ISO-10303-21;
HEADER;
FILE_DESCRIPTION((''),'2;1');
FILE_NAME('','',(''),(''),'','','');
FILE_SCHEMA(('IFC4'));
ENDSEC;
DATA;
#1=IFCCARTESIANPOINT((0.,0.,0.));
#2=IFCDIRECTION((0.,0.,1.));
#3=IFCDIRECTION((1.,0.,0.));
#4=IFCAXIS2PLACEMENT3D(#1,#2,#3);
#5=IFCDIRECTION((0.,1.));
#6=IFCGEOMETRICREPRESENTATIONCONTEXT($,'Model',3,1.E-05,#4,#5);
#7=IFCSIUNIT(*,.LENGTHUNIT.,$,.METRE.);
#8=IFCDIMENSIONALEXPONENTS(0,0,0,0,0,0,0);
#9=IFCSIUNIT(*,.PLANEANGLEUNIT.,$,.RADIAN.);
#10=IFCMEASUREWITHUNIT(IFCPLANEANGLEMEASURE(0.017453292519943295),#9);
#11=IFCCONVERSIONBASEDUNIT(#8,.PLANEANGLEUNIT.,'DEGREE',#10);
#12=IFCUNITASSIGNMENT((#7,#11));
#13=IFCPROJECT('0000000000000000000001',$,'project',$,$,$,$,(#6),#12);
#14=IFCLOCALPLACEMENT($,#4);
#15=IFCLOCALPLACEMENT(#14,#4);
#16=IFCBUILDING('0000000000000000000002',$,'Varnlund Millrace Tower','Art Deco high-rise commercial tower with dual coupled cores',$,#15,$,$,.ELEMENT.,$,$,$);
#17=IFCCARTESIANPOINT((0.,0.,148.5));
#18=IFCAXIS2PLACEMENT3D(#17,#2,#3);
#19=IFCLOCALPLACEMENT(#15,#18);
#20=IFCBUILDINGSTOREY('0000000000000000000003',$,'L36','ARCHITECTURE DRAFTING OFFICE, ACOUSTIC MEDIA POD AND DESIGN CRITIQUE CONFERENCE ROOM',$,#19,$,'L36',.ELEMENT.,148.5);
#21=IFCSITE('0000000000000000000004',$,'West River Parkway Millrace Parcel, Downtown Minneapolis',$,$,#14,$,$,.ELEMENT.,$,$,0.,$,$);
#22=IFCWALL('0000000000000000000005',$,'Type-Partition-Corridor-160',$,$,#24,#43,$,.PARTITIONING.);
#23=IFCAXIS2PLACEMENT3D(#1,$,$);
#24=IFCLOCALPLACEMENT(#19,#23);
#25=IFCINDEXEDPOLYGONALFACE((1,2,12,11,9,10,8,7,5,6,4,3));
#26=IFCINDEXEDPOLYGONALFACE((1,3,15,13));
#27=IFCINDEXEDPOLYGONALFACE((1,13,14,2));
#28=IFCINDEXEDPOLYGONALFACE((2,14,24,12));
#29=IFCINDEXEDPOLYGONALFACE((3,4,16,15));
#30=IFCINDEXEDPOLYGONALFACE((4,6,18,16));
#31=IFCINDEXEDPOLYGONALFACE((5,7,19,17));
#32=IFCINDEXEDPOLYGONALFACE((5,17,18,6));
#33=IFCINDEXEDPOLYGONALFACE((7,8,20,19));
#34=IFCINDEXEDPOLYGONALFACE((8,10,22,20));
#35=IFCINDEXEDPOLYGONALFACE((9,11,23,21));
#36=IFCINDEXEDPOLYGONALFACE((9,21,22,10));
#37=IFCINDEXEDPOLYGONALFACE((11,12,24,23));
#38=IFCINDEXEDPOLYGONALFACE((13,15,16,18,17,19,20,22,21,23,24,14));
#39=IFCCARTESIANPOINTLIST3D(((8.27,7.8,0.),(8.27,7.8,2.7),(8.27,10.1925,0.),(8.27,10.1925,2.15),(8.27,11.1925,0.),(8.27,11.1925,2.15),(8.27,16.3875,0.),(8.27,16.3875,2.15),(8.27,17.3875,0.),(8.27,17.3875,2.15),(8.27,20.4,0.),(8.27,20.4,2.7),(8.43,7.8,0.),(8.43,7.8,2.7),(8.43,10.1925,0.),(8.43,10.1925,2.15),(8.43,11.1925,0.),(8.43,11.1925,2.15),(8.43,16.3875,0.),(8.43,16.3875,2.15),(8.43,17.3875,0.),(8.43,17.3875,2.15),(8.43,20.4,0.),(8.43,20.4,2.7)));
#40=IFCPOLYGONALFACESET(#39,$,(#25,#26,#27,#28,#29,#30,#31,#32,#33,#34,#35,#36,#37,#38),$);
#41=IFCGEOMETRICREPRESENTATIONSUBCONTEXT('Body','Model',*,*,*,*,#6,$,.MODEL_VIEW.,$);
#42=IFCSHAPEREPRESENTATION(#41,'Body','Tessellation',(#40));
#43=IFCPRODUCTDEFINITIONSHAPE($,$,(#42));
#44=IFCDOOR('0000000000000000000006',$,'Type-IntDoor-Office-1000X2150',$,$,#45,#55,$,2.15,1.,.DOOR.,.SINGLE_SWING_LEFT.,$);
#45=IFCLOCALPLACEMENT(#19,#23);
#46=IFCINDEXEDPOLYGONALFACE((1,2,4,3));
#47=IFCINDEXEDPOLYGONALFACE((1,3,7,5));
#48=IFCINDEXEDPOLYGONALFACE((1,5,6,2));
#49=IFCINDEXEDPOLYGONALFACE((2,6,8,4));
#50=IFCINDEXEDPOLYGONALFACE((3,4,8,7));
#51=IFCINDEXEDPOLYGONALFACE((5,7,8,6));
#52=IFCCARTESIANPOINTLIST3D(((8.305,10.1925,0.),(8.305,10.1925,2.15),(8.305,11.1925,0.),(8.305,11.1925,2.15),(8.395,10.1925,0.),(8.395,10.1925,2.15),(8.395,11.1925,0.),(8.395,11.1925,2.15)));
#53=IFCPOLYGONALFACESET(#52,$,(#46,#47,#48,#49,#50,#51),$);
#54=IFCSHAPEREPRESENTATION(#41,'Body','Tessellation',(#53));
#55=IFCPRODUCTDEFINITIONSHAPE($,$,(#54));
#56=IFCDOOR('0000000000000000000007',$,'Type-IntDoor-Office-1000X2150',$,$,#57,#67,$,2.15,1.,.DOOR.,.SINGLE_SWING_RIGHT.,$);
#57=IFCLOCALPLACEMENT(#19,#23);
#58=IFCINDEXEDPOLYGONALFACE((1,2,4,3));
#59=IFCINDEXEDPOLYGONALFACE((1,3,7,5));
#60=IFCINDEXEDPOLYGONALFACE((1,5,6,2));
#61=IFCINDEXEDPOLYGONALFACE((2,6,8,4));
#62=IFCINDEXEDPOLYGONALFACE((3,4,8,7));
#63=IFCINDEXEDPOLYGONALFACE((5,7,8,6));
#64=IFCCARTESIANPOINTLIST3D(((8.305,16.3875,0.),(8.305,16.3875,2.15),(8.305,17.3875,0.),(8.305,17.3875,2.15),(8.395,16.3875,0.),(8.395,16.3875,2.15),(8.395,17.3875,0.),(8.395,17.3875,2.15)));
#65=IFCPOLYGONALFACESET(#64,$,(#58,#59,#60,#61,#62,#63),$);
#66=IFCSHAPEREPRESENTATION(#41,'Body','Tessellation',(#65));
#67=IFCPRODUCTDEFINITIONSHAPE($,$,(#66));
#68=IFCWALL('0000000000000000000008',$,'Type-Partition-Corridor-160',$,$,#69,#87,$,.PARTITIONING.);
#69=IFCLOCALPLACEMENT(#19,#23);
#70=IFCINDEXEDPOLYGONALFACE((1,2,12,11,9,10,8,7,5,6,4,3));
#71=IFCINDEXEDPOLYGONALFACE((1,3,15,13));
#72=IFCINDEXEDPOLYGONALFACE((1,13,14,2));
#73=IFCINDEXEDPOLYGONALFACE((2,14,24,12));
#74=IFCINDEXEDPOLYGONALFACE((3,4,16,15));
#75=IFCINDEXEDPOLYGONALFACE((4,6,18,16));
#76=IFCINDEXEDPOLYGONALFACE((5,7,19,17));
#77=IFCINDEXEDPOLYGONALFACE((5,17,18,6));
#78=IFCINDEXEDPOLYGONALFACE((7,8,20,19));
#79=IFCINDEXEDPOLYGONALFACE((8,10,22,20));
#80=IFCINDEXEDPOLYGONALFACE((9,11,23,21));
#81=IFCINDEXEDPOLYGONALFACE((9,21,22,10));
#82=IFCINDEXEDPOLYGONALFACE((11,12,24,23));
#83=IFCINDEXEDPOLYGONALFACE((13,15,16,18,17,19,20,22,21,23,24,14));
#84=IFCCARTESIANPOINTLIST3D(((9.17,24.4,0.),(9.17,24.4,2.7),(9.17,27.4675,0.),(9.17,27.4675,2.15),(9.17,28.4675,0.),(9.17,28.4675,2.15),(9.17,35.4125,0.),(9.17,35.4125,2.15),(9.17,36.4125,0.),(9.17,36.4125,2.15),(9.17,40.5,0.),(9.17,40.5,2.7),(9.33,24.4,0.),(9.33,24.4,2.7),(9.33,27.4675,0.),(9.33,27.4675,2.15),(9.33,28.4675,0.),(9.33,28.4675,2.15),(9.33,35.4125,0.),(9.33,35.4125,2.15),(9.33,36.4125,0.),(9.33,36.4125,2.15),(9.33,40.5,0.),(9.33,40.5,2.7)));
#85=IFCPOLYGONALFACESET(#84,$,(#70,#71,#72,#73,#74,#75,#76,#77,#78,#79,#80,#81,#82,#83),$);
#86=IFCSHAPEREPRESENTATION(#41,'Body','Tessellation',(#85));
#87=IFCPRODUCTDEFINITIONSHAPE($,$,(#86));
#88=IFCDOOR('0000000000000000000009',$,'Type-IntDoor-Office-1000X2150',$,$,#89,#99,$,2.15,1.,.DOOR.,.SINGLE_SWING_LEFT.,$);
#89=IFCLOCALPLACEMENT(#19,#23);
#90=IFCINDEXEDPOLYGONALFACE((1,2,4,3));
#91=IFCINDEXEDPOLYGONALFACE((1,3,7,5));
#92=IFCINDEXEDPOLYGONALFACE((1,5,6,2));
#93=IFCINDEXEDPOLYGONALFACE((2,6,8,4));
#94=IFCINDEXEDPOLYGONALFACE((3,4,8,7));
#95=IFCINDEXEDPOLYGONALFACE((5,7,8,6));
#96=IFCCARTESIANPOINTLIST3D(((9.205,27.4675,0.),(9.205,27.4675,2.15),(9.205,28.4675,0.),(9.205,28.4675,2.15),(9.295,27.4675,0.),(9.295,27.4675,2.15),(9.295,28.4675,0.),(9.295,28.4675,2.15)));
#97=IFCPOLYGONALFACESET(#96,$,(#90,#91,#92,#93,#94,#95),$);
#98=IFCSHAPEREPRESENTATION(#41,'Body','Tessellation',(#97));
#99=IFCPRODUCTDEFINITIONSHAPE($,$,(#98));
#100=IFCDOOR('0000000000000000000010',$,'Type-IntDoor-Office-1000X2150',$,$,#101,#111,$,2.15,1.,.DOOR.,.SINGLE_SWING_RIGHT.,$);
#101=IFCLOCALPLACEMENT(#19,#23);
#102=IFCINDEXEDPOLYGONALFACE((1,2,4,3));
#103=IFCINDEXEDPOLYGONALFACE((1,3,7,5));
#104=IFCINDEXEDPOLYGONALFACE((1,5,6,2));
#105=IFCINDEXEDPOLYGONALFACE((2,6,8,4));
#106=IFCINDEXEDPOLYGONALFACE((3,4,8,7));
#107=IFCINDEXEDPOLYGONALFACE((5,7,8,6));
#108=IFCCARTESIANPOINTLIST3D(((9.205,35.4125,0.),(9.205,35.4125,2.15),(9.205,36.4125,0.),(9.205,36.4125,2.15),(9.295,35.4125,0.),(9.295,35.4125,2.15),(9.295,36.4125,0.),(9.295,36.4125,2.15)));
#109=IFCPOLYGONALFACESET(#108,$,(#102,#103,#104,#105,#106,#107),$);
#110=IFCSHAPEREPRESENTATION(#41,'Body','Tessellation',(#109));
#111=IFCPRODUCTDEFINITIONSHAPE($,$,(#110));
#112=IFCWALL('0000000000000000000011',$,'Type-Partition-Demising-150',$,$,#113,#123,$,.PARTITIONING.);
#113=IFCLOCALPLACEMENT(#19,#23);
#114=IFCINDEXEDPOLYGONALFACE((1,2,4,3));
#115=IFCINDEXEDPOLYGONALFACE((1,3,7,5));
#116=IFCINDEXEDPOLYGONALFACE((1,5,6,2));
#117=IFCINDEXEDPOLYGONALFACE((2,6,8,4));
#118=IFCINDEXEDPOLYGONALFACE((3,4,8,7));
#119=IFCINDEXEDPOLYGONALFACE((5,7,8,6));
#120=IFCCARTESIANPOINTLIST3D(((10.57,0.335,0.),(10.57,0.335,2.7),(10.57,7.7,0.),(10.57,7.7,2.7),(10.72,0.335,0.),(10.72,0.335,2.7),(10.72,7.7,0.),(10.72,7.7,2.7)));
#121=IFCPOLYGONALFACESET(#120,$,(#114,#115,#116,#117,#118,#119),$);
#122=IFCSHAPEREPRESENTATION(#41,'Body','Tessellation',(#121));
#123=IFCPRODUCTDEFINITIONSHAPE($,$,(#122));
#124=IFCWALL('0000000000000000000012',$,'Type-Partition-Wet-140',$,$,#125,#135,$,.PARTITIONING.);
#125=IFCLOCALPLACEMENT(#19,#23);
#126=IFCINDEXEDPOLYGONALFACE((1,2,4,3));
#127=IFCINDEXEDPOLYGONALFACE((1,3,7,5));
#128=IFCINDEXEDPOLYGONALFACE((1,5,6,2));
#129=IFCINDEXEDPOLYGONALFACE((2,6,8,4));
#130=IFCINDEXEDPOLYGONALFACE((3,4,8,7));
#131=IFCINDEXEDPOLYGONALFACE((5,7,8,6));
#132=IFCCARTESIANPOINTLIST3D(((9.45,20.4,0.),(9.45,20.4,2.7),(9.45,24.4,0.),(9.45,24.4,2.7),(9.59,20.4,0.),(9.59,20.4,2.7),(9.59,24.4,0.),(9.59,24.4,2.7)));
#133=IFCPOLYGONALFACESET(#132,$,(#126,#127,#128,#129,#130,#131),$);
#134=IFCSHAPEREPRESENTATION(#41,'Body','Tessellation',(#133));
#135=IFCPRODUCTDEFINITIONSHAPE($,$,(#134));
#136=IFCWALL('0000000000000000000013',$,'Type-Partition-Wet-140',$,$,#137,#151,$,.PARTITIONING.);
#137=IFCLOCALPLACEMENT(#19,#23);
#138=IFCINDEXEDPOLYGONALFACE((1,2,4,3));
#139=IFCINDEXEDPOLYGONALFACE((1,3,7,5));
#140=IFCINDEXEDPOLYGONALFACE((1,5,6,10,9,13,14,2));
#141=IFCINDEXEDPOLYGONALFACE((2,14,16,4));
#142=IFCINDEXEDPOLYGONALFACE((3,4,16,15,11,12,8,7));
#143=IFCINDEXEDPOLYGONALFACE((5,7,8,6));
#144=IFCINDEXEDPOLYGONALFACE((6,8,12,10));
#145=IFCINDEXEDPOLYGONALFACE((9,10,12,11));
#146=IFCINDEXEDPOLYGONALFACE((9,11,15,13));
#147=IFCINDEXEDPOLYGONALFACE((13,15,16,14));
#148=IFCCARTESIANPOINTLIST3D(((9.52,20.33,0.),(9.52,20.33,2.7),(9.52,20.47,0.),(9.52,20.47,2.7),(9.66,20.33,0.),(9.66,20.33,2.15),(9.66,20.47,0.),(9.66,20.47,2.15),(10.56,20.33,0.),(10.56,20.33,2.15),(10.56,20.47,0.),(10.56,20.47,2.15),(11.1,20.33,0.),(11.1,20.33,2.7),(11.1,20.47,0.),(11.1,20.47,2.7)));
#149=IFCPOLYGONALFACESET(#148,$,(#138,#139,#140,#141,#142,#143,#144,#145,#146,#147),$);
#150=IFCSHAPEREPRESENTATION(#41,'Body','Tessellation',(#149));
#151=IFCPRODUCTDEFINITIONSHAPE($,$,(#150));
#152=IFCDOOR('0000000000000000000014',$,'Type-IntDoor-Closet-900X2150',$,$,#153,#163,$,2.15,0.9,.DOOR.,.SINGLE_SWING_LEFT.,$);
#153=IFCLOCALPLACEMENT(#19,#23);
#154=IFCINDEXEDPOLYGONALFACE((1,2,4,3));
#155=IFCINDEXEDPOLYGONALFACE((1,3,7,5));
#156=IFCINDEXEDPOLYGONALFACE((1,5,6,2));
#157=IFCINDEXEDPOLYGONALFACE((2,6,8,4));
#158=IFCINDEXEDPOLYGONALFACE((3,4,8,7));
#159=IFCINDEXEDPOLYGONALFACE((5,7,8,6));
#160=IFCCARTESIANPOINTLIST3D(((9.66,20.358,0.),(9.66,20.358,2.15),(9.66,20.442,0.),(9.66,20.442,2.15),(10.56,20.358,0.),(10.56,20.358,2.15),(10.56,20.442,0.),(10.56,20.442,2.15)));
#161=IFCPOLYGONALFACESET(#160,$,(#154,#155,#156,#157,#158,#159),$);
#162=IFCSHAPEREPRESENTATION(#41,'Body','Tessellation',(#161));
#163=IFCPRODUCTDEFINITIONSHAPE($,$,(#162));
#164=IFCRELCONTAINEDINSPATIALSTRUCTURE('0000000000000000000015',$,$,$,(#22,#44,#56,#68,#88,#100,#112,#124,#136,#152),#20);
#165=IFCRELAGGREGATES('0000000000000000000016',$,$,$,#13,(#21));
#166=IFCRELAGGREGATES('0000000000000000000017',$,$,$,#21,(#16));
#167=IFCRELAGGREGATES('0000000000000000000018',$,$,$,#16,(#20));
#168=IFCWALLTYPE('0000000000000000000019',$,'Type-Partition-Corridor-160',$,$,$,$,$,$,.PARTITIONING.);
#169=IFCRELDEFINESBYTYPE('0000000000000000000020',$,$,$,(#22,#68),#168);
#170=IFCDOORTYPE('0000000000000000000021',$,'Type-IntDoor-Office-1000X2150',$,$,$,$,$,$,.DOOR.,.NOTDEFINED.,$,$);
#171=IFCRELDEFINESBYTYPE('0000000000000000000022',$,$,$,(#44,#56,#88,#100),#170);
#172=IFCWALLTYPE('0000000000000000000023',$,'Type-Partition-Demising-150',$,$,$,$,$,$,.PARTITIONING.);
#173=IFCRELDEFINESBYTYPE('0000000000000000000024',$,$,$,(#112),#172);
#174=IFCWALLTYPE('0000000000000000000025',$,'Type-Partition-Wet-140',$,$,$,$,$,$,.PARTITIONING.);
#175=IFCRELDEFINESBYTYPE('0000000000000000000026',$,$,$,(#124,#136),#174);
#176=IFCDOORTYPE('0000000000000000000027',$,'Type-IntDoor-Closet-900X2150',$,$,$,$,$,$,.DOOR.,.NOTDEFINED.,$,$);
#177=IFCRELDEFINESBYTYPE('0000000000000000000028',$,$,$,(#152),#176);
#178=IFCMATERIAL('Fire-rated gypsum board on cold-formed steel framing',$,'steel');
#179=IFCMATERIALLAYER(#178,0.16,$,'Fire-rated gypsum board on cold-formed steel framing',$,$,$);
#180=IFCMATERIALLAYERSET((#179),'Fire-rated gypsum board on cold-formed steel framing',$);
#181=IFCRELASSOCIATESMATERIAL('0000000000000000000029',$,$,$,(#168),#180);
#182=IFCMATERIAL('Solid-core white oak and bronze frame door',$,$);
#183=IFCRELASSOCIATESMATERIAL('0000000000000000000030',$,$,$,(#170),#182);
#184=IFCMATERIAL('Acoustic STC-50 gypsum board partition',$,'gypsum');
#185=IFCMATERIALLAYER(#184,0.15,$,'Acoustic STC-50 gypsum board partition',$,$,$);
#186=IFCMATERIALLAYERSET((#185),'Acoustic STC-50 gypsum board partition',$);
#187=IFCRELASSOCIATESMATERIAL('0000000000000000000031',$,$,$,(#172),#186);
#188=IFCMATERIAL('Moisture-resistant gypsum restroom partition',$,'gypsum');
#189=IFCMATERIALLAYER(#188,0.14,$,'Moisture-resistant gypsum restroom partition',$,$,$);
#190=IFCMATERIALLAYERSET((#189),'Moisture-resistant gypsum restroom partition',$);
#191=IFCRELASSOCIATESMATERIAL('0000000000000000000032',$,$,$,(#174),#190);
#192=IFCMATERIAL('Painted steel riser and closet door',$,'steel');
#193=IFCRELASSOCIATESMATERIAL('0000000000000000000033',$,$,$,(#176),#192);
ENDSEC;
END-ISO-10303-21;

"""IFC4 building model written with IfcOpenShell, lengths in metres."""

from ifc_helpers import new_model, entity, si_unit, converted_unit, direction, frame, origin_with_axes, origin_2d_with_axis, place, context, subcontext, project, spatial, polyline, rectangle, outline, extrude, material, layer, layer_set, type_object, element, fill, save


model = new_model("IFC4")

# Units and contexts
model_context = context("Model", 3, precision=1e-05, world=origin_with_axes(), true_north=direction((0.0, 1.0)))
body_context = subcontext(model_context, "Body", "Model", "MODEL_VIEW")
ifc_project = project(units=[si_unit("LENGTHUNIT", "METRE"), converted_unit("PLANEANGLEUNIT", "DEGREE", entity("IfcPlaneAngleMeasure", 0.017453292519943295), si_unit("PLANEANGLEUNIT", "RADIAN"), dimensions=[0, 0, 0, 0, 0, 0, 0])], contexts=[model_context])

# Site, building, storey
site_placement = place(None, origin_with_axes())
site = spatial("IfcSite", under=ifc_project, at=site_placement, Name="West River Parkway Millrace Parcel, Downtown Minneapolis", CompositionType="ELEMENT", RefElevation=0.0)
building_placement = place(site_placement, origin_with_axes())
building = spatial("IfcBuilding", under=site, at=building_placement, Name="Varnlund Millrace Tower", Description="Art Deco high-rise commercial tower with dual coupled cores", CompositionType="ELEMENT")
storey_placement = place(building_placement, frame((0.0, 0.0, 148.5), z_axis=(0.0, 0.0, 1.0), x_axis=(1.0, 0.0, 0.0)))
storey = spatial("IfcBuildingStorey", under=building, at=storey_placement, Name="L36", Description="ARCHITECTURE DRAFTING OFFICE, ACOUSTIC MEDIA POD AND DESIGN CRITIQUE CONFERENCE ROOM", LongName="L36", CompositionType="ELEMENT", Elevation=148.5)

# Shared definitions
ifc_material_1 = material(Name="Fire-rated gypsum board on cold-formed steel framing", Category="steel")
ifc_layer_1 = layer(ifc_material_1, 0.16, Name="Fire-rated gypsum board on cold-formed steel framing")
ifc_layer_set_1 = layer_set([ifc_layer_1], Name="Fire-rated gypsum board on cold-formed steel framing")
wall_type_1 = type_object("IfcWallType", Name="Type-Partition-Corridor-160", PredefinedType="PARTITIONING", material=ifc_layer_set_1)

# Walls, openings, doors
ifc_material_2 = material(Name="Solid-core white oak and bronze frame door")
door_type_1 = type_object("IfcDoorType", Name="Type-IntDoor-Office-1000X2150", OperationType="NOTDEFINED", PredefinedType="DOOR", material=ifc_material_2)
wall_1_placement = place(storey_placement, frame((8.35, 7.8, 0.0), z_axis=(0.0, 0.0, 1.0), x_axis=(0.0, 1.0, 0.0)))
wall_1 = element("IfcWall", 1, at=wall_1_placement, inside=storey, type_object=wall_type_1, Name="Type-Partition-Corridor-160", PredefinedType="PARTITIONING", context=body_context, shape_type="SweptSolid", body=[
    extrude(outline(polyline([(0.0, -0.08), (12.6, -0.08), (12.6, 0.08), (0.0, 0.08), (0.0, -0.08)])), origin_with_axes(), (0.0, 0.0, 1.0), 2.7),
])
opening_1_placement = place(wall_1_placement, frame((2.8925, 0.0, 0.0), z_axis=(0.0, 0.0, 1.0), x_axis=(1.0, 0.0, 0.0)))
opening_1 = element("IfcOpeningElement", 2, at=opening_1_placement, cuts=wall_1, PredefinedType="OPENING", context=body_context, shape_type="SweptSolid", body=[
    extrude(rectangle(XDim=1.0, YDim=0.18, at=origin_2d_with_axis()), origin_with_axes(), (0.0, 0.0, 1.0), 2.15),
])
opening_2_placement = place(wall_1_placement, frame((9.0875, 0.0, 0.0), z_axis=(0.0, 0.0, 1.0), x_axis=(1.0, 0.0, 0.0)))
opening_2 = element("IfcOpeningElement", 3, at=opening_2_placement, cuts=wall_1, PredefinedType="OPENING", context=body_context, shape_type="SweptSolid", body=[
    extrude(rectangle(XDim=1.0, YDim=0.18, at=origin_2d_with_axis()), origin_with_axes(), (0.0, 0.0, 1.0), 2.15),
])
door_1_placement = place(wall_1_placement, frame((2.8925, 0.0, 0.0), z_axis=(0.0, 0.0, 1.0), x_axis=(1.0, 0.0, 0.0)))
door_1 = element("IfcDoor", 4, at=door_1_placement, inside=storey, type_object=door_type_1, Name="Type-IntDoor-Office-1000X2150", OperationType="SINGLE_SWING_LEFT", OverallHeight=2.15, OverallWidth=1.0, PredefinedType="DOOR", context=body_context, shape_type="SweptSolid", body=[
    extrude(rectangle(XDim=1.0, YDim=0.09, at=origin_2d_with_axis()), origin_with_axes(), (0.0, 0.0, 1.0), 2.15),
])
fill(opening_1, door_1)
door_2_placement = place(wall_1_placement, frame((9.0875, 0.0, 0.0), z_axis=(0.0, 0.0, 1.0), x_axis=(1.0, 0.0, 0.0)))
door_2 = element("IfcDoor", 5, at=door_2_placement, inside=storey, type_object=door_type_1, Name="Type-IntDoor-Office-1000X2150", OperationType="SINGLE_SWING_RIGHT", OverallHeight=2.15, OverallWidth=1.0, PredefinedType="DOOR", context=body_context, shape_type="SweptSolid", body=[
    extrude(rectangle(XDim=1.0, YDim=0.09, at=origin_2d_with_axis()), origin_with_axes(), (0.0, 0.0, 1.0), 2.15),
])
fill(opening_2, door_2)
wall_2_placement = place(storey_placement, frame((9.25, 24.4, 0.0), z_axis=(0.0, 0.0, 1.0), x_axis=(0.0, 1.0, 0.0)))
wall_2 = element("IfcWall", 6, at=wall_2_placement, inside=storey, type_object=wall_type_1, Name="Type-Partition-Corridor-160", PredefinedType="PARTITIONING", context=body_context, shape_type="SweptSolid", body=[
    extrude(outline(polyline([(0.0, -0.08), (16.1, -0.08), (16.1, 0.08), (0.0, 0.08), (0.0, -0.08)])), origin_with_axes(), (0.0, 0.0, 1.0), 2.7),
])
opening_3_placement = place(wall_2_placement, frame((3.5675, 0.0, 0.0), z_axis=(0.0, 0.0, 1.0), x_axis=(1.0, 0.0, 0.0)))
opening_3 = element("IfcOpeningElement", 7, at=opening_3_placement, cuts=wall_2, PredefinedType="OPENING", context=body_context, shape_type="SweptSolid", body=[
    extrude(rectangle(XDim=1.0, YDim=0.18, at=origin_2d_with_axis()), origin_with_axes(), (0.0, 0.0, 1.0), 2.15),
])
opening_4_placement = place(wall_2_placement, frame((11.5125, 0.0, 0.0), z_axis=(0.0, 0.0, 1.0), x_axis=(1.0, 0.0, 0.0)))
opening_4 = element("IfcOpeningElement", 8, at=opening_4_placement, cuts=wall_2, PredefinedType="OPENING", context=body_context, shape_type="SweptSolid", body=[
    extrude(rectangle(XDim=1.0, YDim=0.18, at=origin_2d_with_axis()), origin_with_axes(), (0.0, 0.0, 1.0), 2.15),
])
door_3_placement = place(wall_2_placement, frame((3.5675, 0.0, 0.0), z_axis=(0.0, 0.0, 1.0), x_axis=(1.0, 0.0, 0.0)))
door_3 = element("IfcDoor", 9, at=door_3_placement, inside=storey, type_object=door_type_1, Name="Type-IntDoor-Office-1000X2150", OperationType="SINGLE_SWING_LEFT", OverallHeight=2.15, OverallWidth=1.0, PredefinedType="DOOR", context=body_context, shape_type="SweptSolid", body=[
    extrude(rectangle(XDim=1.0, YDim=0.09, at=origin_2d_with_axis()), origin_with_axes(), (0.0, 0.0, 1.0), 2.15),
])
fill(opening_3, door_3)
door_4_placement = place(wall_2_placement, frame((11.5125, 0.0, 0.0), z_axis=(0.0, 0.0, 1.0), x_axis=(1.0, 0.0, 0.0)))
door_4 = element("IfcDoor", 10, at=door_4_placement, inside=storey, type_object=door_type_1, Name="Type-IntDoor-Office-1000X2150", OperationType="SINGLE_SWING_RIGHT", OverallHeight=2.15, OverallWidth=1.0, PredefinedType="DOOR", context=body_context, shape_type="SweptSolid", body=[
    extrude(rectangle(XDim=1.0, YDim=0.09, at=origin_2d_with_axis()), origin_with_axes(), (0.0, 0.0, 1.0), 2.15),
])
fill(opening_4, door_4)

# Walls
ifc_material_3 = material(Name="Acoustic STC-50 gypsum board partition", Category="gypsum")
ifc_layer_2 = layer(ifc_material_3, 0.15, Name="Acoustic STC-50 gypsum board partition")
ifc_layer_set_2 = layer_set([ifc_layer_2], Name="Acoustic STC-50 gypsum board partition")
wall_type_2 = type_object("IfcWallType", Name="Type-Partition-Demising-150", PredefinedType="PARTITIONING", material=ifc_layer_set_2)
wall_3_placement = place(storey_placement, frame((10.645, 0.335, 0.0), z_axis=(0.0, 0.0, 1.0), x_axis=(0.0, 1.0, 0.0)))
element("IfcWall", 11, at=wall_3_placement, inside=storey, type_object=wall_type_2, Name="Type-Partition-Demising-150", PredefinedType="PARTITIONING", context=body_context, shape_type="SweptSolid", body=[
    extrude(outline(polyline([(0.0, -0.075), (7.365, -0.075), (7.365, 0.075), (0.0, 0.075), (0.0, -0.075)])), origin_with_axes(), (0.0, 0.0, 1.0), 2.7),
])
ifc_material_4 = material(Name="Moisture-resistant gypsum restroom partition", Category="gypsum")
ifc_layer_3 = layer(ifc_material_4, 0.14, Name="Moisture-resistant gypsum restroom partition")
ifc_layer_set_3 = layer_set([ifc_layer_3], Name="Moisture-resistant gypsum restroom partition")
wall_type_3 = type_object("IfcWallType", Name="Type-Partition-Wet-140", PredefinedType="PARTITIONING", material=ifc_layer_set_3)
wall_4_placement = place(storey_placement, frame((9.52, 20.4, 0.0), z_axis=(0.0, 0.0, 1.0), x_axis=(0.0, 1.0, 0.0)))
element("IfcWall", 12, at=wall_4_placement, inside=storey, type_object=wall_type_3, Name="Type-Partition-Wet-140", PredefinedType="PARTITIONING", context=body_context, shape_type="SweptSolid", body=[
    extrude(outline(polyline([(0.0, -0.07), (4.0, -0.07), (4.0, 0.07), (0.0, 0.07), (0.0, -0.07)])), origin_with_axes(), (0.0, 0.0, 1.0), 2.7),
])

# Wall, opening, door
wall_5_placement = place(storey_placement, frame((9.52, 20.4, 0.0), z_axis=(0.0, 0.0, 1.0), x_axis=(1.0, 0.0, 0.0)))
wall_5 = element("IfcWall", 13, at=wall_5_placement, inside=storey, type_object=wall_type_3, Name="Type-Partition-Wet-140", PredefinedType="PARTITIONING", context=body_context, shape_type="SweptSolid", body=[
    extrude(outline(polyline([(0.0, -0.07), (1.58, -0.07), (1.58, 0.07), (0.0, 0.07), (0.0, -0.07)])), origin_with_axes(), (0.0, 0.0, 1.0), 2.7),
])
opening_5_placement = place(wall_5_placement, frame((0.59, 0.0, 0.0), z_axis=(0.0, 0.0, 1.0), x_axis=(1.0, 0.0, 0.0)))
opening_5 = element("IfcOpeningElement", 14, at=opening_5_placement, cuts=wall_5, PredefinedType="OPENING", context=body_context, shape_type="SweptSolid", body=[
    extrude(rectangle(XDim=0.9, YDim=0.16, at=origin_2d_with_axis()), origin_with_axes(), (0.0, 0.0, 1.0), 2.15),
])
ifc_material_5 = material(Name="Painted steel riser and closet door", Category="steel")
door_type_2 = type_object("IfcDoorType", Name="Type-IntDoor-Closet-900X2150", OperationType="NOTDEFINED", PredefinedType="DOOR", material=ifc_material_5)
door_5_placement = place(wall_5_placement, frame((0.59, 0.0, 0.0), z_axis=(0.0, 0.0, 1.0), x_axis=(1.0, 0.0, 0.0)))
door_5 = element("IfcDoor", 15, at=door_5_placement, inside=storey, type_object=door_type_2, Name="Type-IntDoor-Closet-900X2150", OperationType="SINGLE_SWING_LEFT", OverallHeight=2.15, OverallWidth=0.9, PredefinedType="DOOR", context=body_context, shape_type="SweptSolid", body=[
    extrude(rectangle(XDim=0.9, YDim=0.084, at=origin_2d_with_axis()), origin_with_axes(), (0.0, 0.0, 1.0), 2.15),
])
fill(opening_5, door_5)

save(model, "model.ifc")
